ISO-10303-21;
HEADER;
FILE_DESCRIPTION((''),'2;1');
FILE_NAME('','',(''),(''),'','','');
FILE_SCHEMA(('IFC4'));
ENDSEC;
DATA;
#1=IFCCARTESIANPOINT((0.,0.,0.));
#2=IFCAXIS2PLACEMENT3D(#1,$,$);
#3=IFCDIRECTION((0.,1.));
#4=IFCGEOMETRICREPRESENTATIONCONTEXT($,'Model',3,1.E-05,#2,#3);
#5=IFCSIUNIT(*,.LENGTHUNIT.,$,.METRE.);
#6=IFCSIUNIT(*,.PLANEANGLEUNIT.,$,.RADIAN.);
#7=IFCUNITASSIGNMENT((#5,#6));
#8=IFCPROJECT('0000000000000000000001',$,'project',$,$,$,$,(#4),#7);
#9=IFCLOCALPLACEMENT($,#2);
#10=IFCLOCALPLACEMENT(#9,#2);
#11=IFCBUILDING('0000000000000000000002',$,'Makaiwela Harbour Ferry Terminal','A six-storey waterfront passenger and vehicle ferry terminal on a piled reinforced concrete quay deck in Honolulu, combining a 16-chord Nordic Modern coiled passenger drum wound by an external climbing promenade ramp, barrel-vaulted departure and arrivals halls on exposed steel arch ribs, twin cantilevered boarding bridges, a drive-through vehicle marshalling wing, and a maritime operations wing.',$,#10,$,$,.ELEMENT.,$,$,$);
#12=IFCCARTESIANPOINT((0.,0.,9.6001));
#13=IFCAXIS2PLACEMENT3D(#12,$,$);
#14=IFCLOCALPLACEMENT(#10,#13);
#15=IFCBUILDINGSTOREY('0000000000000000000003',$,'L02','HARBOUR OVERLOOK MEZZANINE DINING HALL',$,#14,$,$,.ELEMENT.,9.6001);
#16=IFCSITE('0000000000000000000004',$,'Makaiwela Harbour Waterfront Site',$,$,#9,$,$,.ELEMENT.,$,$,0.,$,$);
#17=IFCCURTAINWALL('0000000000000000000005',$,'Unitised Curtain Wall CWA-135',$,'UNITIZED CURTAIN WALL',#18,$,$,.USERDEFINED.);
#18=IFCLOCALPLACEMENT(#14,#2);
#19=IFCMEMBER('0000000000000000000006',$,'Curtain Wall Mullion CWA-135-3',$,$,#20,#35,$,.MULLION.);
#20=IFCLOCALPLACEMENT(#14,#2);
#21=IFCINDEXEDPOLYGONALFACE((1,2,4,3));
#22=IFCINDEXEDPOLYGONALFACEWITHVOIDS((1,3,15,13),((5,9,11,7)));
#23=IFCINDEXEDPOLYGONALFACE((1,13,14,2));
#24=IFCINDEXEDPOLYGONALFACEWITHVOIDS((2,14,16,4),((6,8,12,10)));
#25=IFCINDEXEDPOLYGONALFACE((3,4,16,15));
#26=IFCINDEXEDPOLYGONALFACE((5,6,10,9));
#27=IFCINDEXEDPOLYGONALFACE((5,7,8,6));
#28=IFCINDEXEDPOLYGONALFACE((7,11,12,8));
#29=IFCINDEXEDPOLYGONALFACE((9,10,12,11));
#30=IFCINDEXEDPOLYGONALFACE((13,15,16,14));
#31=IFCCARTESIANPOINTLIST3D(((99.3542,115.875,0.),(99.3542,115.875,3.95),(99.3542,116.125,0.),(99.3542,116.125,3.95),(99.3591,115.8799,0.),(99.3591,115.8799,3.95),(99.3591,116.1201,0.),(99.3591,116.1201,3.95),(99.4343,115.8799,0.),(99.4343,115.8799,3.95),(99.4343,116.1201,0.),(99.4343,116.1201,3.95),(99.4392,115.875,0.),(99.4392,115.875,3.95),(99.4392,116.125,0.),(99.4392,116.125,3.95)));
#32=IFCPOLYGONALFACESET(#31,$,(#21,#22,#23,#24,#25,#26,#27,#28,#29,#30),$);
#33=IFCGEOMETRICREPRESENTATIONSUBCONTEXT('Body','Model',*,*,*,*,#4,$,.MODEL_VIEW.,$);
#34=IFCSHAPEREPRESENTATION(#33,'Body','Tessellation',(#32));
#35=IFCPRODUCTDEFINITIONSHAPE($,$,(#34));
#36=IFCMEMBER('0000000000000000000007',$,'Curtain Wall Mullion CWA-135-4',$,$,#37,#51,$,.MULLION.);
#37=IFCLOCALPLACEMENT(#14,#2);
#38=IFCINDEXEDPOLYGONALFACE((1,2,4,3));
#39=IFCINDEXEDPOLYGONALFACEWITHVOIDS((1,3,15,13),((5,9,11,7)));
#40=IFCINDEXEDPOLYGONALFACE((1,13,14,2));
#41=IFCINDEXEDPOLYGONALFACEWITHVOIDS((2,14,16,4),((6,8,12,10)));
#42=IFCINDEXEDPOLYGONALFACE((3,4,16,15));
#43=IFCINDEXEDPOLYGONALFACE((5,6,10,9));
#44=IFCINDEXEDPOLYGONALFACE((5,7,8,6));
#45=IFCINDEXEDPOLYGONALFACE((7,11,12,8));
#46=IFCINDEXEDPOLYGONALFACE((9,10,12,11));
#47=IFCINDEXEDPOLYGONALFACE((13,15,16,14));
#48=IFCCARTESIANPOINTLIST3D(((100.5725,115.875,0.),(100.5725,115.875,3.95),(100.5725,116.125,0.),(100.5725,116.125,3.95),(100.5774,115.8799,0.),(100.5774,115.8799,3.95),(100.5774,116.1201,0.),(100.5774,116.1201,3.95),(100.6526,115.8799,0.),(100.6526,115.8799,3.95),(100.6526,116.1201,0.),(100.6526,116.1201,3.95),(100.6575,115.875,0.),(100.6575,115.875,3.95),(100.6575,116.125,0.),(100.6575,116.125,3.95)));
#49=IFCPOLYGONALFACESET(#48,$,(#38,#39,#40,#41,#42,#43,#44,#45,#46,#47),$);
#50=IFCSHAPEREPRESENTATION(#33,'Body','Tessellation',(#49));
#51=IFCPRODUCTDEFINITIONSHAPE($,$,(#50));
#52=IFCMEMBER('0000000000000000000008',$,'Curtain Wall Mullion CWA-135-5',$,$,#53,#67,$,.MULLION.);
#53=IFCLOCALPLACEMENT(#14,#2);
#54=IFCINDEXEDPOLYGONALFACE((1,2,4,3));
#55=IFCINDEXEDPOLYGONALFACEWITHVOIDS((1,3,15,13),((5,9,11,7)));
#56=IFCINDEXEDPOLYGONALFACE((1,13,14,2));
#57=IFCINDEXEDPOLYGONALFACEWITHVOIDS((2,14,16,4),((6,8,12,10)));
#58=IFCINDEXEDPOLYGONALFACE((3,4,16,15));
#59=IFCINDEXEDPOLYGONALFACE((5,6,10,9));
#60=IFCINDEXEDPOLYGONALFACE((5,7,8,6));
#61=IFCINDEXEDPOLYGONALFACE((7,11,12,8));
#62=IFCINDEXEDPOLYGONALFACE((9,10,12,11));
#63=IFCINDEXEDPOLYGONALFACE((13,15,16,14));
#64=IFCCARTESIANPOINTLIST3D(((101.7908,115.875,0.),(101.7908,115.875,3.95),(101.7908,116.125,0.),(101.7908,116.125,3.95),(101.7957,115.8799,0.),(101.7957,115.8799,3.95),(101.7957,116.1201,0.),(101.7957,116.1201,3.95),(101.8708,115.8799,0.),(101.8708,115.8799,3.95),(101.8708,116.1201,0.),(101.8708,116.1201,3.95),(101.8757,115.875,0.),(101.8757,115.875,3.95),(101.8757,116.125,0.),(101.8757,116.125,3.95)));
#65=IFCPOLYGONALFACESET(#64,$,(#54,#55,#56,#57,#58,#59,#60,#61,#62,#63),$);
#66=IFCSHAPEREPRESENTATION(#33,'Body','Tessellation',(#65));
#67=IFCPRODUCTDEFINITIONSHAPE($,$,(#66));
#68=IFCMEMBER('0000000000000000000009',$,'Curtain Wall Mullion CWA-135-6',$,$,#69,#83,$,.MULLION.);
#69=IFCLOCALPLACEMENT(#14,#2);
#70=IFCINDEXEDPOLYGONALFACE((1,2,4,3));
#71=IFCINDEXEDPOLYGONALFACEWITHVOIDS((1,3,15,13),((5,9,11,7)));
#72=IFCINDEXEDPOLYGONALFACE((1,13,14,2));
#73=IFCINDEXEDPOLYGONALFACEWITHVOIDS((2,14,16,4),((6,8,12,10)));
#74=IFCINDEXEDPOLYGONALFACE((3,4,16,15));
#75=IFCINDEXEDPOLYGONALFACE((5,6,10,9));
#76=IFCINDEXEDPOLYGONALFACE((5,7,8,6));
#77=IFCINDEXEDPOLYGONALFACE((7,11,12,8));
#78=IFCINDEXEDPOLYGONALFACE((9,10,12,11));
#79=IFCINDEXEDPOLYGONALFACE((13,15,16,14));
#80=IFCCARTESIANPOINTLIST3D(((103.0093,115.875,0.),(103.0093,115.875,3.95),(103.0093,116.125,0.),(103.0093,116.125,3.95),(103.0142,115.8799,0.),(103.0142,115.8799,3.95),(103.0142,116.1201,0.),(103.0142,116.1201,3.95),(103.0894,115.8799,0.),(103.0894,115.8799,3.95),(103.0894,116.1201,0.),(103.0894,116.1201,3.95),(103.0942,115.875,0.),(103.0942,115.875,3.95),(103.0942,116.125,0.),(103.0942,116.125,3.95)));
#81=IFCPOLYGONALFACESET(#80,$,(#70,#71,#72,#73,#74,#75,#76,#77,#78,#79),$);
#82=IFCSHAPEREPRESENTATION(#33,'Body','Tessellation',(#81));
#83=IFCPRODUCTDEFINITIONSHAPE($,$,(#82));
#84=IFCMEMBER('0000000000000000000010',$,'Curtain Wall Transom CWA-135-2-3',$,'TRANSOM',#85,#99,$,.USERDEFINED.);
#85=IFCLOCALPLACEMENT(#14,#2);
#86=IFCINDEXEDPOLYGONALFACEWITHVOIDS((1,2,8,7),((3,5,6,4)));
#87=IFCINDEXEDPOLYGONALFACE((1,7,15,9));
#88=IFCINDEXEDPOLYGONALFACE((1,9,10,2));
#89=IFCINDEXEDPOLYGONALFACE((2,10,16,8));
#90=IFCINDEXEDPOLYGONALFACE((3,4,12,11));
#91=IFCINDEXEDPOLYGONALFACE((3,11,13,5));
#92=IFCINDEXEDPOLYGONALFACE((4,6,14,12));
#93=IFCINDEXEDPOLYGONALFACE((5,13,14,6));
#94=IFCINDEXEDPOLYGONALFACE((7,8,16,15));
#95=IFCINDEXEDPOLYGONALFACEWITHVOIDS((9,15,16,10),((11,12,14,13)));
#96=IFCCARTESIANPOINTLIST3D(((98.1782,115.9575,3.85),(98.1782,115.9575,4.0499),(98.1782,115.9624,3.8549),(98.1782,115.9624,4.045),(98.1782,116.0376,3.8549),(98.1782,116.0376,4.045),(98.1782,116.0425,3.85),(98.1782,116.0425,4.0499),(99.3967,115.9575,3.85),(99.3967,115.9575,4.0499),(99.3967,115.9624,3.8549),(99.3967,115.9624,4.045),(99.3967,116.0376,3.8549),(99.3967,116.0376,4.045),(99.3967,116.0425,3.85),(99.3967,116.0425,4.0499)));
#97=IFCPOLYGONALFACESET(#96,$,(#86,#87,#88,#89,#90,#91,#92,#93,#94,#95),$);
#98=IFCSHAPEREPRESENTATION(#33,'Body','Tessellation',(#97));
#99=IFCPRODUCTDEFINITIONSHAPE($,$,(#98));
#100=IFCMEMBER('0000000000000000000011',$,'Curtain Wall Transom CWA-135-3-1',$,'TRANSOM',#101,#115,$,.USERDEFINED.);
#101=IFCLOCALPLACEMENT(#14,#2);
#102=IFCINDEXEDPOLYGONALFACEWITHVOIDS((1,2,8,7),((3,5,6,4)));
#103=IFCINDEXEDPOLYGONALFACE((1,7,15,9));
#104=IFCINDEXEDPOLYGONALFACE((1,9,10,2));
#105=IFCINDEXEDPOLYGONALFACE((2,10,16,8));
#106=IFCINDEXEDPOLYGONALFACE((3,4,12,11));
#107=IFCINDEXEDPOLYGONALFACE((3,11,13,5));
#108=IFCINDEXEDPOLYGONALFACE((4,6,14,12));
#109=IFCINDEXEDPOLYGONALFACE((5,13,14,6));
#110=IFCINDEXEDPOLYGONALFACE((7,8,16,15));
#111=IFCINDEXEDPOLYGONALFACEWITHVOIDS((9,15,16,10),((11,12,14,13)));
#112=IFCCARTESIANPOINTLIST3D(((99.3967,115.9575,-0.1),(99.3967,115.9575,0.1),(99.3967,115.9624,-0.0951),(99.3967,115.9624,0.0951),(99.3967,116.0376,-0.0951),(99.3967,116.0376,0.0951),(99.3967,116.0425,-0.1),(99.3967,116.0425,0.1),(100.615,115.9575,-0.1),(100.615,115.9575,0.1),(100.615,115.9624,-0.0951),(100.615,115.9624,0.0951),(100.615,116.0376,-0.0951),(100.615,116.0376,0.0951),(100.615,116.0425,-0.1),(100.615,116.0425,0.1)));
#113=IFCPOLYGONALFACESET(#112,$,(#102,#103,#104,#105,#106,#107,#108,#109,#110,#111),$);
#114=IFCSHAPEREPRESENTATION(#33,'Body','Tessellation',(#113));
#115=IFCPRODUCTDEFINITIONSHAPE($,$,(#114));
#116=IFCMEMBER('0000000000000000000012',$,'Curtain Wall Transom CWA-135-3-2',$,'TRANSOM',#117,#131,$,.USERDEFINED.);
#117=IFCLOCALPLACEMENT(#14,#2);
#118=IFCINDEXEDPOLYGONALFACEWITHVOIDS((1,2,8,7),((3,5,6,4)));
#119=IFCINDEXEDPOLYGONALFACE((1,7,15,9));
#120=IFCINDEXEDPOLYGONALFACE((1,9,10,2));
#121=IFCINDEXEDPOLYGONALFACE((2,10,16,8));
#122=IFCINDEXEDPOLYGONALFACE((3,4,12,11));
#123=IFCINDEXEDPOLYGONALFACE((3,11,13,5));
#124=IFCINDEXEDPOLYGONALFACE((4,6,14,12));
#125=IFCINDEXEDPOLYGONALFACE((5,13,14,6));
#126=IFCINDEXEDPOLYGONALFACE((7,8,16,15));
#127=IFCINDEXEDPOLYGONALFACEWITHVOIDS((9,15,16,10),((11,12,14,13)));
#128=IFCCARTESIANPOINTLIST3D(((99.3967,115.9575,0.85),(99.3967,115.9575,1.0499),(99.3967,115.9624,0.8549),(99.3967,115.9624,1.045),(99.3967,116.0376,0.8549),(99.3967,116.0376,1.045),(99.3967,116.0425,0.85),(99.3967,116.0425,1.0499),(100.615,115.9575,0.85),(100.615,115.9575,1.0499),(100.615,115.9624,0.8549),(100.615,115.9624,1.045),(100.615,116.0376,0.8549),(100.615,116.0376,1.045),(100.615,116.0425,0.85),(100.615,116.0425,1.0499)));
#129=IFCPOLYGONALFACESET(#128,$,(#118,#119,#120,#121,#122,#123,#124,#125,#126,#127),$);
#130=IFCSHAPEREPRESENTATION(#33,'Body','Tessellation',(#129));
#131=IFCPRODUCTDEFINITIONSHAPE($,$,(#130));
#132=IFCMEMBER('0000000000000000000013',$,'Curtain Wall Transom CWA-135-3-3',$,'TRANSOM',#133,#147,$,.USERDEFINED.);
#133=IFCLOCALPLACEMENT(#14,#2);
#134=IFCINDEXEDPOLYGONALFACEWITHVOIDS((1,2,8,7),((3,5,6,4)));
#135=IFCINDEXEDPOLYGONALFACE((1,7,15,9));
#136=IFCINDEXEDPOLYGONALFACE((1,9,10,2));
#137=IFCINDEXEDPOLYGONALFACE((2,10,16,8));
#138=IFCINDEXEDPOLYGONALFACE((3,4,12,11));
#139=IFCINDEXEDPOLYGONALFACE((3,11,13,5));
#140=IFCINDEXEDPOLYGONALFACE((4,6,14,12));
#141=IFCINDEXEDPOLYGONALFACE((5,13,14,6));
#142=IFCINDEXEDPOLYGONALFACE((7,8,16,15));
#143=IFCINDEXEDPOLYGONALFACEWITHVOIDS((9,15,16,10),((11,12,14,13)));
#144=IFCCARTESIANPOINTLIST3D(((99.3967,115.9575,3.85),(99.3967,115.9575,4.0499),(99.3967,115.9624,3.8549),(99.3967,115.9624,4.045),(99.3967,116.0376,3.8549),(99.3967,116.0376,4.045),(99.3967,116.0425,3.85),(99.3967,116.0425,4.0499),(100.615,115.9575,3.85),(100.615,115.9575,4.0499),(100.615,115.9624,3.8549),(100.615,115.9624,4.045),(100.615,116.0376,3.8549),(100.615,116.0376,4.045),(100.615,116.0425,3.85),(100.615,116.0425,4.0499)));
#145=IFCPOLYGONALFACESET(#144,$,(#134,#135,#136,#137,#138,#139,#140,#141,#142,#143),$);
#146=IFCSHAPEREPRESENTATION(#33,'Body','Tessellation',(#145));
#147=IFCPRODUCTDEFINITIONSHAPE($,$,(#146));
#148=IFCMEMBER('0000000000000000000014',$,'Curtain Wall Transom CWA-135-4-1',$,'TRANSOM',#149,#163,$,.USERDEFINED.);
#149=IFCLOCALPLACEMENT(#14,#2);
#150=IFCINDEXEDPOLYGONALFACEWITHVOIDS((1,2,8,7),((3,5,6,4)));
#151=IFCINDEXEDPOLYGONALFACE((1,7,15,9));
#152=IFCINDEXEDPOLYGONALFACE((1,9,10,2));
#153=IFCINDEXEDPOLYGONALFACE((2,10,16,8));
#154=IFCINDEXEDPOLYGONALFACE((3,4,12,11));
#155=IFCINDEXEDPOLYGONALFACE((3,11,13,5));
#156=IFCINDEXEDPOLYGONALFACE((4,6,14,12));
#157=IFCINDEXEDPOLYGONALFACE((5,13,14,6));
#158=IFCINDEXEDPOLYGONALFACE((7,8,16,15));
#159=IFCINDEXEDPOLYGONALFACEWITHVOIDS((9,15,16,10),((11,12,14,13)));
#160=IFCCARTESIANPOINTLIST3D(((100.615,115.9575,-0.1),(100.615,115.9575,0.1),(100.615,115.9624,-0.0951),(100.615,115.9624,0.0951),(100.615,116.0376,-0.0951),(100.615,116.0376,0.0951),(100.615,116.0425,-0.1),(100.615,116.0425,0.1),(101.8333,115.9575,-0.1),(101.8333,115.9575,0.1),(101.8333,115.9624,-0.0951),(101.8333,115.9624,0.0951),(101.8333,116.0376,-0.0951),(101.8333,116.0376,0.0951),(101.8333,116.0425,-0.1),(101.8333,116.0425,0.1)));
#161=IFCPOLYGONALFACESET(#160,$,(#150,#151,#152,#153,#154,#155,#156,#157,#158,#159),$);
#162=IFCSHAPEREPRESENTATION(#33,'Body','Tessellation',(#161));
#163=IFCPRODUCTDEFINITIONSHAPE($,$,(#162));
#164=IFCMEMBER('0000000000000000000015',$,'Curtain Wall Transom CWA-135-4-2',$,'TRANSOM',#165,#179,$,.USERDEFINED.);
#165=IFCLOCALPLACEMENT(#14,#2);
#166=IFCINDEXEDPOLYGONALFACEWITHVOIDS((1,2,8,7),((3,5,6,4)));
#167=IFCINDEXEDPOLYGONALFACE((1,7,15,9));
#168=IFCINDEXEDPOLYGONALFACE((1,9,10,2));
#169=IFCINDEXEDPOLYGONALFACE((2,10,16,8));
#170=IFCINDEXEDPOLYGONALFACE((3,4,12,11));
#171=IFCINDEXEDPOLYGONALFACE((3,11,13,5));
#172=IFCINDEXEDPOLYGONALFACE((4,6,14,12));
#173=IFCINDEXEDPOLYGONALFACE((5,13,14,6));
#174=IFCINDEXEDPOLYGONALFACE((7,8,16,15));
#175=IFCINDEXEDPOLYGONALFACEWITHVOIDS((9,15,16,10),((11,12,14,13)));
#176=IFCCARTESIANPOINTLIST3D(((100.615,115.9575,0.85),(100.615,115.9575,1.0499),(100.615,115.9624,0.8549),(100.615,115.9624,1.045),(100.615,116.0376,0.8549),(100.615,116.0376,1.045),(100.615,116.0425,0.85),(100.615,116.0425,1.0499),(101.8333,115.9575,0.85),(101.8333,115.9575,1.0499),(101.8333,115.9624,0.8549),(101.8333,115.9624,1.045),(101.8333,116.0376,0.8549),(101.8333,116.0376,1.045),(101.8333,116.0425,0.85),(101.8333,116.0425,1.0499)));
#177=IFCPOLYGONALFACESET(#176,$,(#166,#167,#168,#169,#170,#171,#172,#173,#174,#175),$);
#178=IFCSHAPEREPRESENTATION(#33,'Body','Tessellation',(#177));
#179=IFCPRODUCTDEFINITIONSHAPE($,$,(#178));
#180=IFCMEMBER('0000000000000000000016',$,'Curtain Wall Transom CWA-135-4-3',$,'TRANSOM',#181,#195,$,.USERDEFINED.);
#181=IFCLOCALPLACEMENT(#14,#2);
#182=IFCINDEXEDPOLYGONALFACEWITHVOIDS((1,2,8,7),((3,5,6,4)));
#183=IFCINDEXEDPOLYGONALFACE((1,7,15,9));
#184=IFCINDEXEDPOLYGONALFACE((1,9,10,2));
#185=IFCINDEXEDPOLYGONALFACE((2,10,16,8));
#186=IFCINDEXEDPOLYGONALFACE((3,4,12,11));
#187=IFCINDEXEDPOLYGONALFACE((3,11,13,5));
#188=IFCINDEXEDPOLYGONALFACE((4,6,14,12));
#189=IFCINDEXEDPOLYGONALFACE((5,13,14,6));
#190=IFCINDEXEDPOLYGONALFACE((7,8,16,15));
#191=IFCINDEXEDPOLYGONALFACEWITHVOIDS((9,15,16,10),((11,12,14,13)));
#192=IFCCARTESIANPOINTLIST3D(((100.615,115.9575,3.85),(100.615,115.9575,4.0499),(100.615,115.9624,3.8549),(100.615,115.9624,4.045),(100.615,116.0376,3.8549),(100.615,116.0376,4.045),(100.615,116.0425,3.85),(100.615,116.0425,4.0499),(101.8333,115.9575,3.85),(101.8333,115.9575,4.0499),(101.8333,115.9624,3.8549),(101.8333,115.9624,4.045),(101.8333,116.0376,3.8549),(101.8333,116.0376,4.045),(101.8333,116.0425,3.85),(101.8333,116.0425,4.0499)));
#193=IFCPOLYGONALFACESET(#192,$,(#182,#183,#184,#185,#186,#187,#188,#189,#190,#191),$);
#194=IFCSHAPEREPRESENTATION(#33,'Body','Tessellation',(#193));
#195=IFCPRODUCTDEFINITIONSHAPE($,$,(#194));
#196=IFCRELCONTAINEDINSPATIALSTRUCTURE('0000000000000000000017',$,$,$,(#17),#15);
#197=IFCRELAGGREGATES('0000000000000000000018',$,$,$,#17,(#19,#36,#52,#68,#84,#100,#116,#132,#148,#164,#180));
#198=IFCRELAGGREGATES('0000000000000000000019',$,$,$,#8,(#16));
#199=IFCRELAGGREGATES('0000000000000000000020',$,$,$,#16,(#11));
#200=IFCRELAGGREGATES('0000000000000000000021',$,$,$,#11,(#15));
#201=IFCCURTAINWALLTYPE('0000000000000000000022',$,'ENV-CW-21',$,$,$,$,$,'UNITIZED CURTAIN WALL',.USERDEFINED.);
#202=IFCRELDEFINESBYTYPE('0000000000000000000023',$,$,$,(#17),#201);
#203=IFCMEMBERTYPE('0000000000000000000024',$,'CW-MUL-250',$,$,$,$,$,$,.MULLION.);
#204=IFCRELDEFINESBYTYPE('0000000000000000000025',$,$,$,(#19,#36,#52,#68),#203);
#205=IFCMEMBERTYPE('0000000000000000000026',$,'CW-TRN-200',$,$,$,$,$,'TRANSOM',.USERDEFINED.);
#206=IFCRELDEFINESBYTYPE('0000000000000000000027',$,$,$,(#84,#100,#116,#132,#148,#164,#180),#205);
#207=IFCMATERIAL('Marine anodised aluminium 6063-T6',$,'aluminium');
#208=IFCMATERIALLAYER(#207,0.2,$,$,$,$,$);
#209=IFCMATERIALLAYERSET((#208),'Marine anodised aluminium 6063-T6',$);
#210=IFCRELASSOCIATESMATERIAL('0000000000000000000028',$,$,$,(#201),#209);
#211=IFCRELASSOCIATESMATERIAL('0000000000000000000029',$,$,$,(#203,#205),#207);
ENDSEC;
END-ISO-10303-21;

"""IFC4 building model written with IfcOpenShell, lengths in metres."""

from ifc_helpers import new_model, si_unit, direction, frame, origin, origin_2d, place, context, subcontext, project, spatial, hollow_rectangle, extrude, material, layer, layer_set, material_profile, profile_set, type_object, element, aggregate, save


model = new_model("IFC4")

# Units and contexts
model_context = context("Model", 3, precision=1e-05, world=origin(), true_north=direction((0.0, 1.0)))
body_context = subcontext(model_context, "Body", "Model", "MODEL_VIEW")
ifc_project = project(units=[si_unit("LENGTHUNIT", "METRE"), si_unit("PLANEANGLEUNIT", "RADIAN")], contexts=[model_context])

# Site, building, storey
site_placement = place(None, origin())
site = spatial("IfcSite", under=ifc_project, at=site_placement, Name="Makaiwela Harbour Waterfront Site", CompositionType="ELEMENT", RefElevation=0.0)
building_placement = place(site_placement, origin())
building = spatial("IfcBuilding", under=site, at=building_placement, Name="Makaiwela Harbour Ferry Terminal", Description="A six-storey waterfront passenger and vehicle ferry terminal on a piled reinforced concrete quay deck in Honolulu, combining a 16-chord Nordic Modern coiled passenger drum wound by an external climbing promenade ramp, barrel-vaulted departure and arrivals halls on exposed steel arch ribs, twin cantilevered boarding bridges, a drive-through vehicle marshalling wing, and a maritime operations wing.", CompositionType="ELEMENT")
storey_placement = place(building_placement, frame((0.0, 0.0, 9.6001)))
storey = spatial("IfcBuildingStorey", under=building, at=storey_placement, Name="L02", Description="HARBOUR OVERLOOK MEZZANINE DINING HALL", CompositionType="ELEMENT", Elevation=9.6001)

# Curtain wall, members
ifc_material_1 = material(Name="Marine anodised aluminium 6063-T6", Category="aluminium")
ifc_layer_1 = layer(ifc_material_1, 0.2)
ifc_layer_set_1 = layer_set([ifc_layer_1], Name="Marine anodised aluminium 6063-T6")
curtain_wall_type = type_object("IfcCurtainWallType", Name="ENV-CW-21", ElementType="UNITIZED CURTAIN WALL", PredefinedType="USERDEFINED", material=ifc_layer_set_1)
curtain_wall_placement = place(storey_placement, origin())
curtain_wall = element("IfcCurtainWall", 1, at=curtain_wall_placement, inside=storey, type_object=curtain_wall_type, Name="Unitised Curtain Wall CWA-135", ObjectType="UNITIZED CURTAIN WALL", PredefinedType="USERDEFINED")
ifc_material_profile_1 = material_profile(ifc_material_1, hollow_rectangle(XDim=0.085, YDim=0.25, WallThickness=0.0049, at=origin_2d()), Name="CWM-250X85")
ifc_profile_set_1 = profile_set([ifc_material_profile_1], Name="Marine anodised aluminium 6063-T6")
member_type_1 = type_object("IfcMemberType", Name="CW-MUL-250", PredefinedType="MULLION", material=ifc_profile_set_1)
member_1_placement = place(storey_placement, frame((99.3967, 116.0, 0.0), z_axis=(0.0, 0.0, 1.0), x_axis=(1.0, 0.0, 0.0)))
member_1 = element("IfcMember", 2, at=member_1_placement, type_object=member_type_1, Name="Curtain Wall Mullion CWA-135-3", PredefinedType="MULLION", context=body_context, shape_type="SweptSolid", body=[
    extrude(hollow_rectangle(XDim=0.085, YDim=0.25, WallThickness=0.0049, at=origin_2d()), origin(), (0.0, 0.0, 1.0), 3.95),
])
member_2_placement = place(storey_placement, frame((100.615, 116.0, 0.0), z_axis=(0.0, 0.0, 1.0), x_axis=(1.0, 0.0, 0.0)))
member_2 = element("IfcMember", 3, at=member_2_placement, type_object=member_type_1, Name="Curtain Wall Mullion CWA-135-4", PredefinedType="MULLION", context=body_context, shape_type="SweptSolid", body=[
    extrude(hollow_rectangle(XDim=0.085, YDim=0.25, WallThickness=0.0049, at=origin_2d()), origin(), (0.0, 0.0, 1.0), 3.95),
])
member_3_placement = place(storey_placement, frame((101.8333, 116.0, 0.0), z_axis=(0.0, 0.0, 1.0), x_axis=(1.0, 0.0, 0.0)))
member_3 = element("IfcMember", 4, at=member_3_placement, type_object=member_type_1, Name="Curtain Wall Mullion CWA-135-5", PredefinedType="MULLION", context=body_context, shape_type="SweptSolid", body=[
    extrude(hollow_rectangle(XDim=0.085, YDim=0.25, WallThickness=0.0049, at=origin_2d()), origin(), (0.0, 0.0, 1.0), 3.95),
])
member_4_placement = place(storey_placement, frame((103.0518, 116.0, 0.0), z_axis=(0.0, 0.0, 1.0), x_axis=(1.0, 0.0, 0.0)))
member_4 = element("IfcMember", 5, at=member_4_placement, type_object=member_type_1, Name="Curtain Wall Mullion CWA-135-6", PredefinedType="MULLION", context=body_context, shape_type="SweptSolid", body=[
    extrude(hollow_rectangle(XDim=0.085, YDim=0.25, WallThickness=0.0049, at=origin_2d()), origin(), (0.0, 0.0, 1.0), 3.95),
])
ifc_material_profile_2 = material_profile(ifc_material_1, hollow_rectangle(XDim=0.085, YDim=0.2, WallThickness=0.0049, at=origin_2d()), Name="CWT-200X85")
ifc_profile_set_2 = profile_set([ifc_material_profile_2], Name="Marine anodised aluminium 6063-T6")
member_type_2 = type_object("IfcMemberType", Name="CW-TRN-200", ElementType="TRANSOM", PredefinedType="USERDEFINED", material=ifc_profile_set_2)
member_5_placement = place(storey_placement, frame((98.1782, 116.0, 3.95), z_axis=(1.0, 0.0, 0.0), x_axis=(0.0, 1.0, 0.0)))
member_5 = element("IfcMember", 6, at=member_5_placement, type_object=member_type_2, Name="Curtain Wall Transom CWA-135-2-3", ObjectType="TRANSOM", PredefinedType="USERDEFINED", context=body_context, shape_type="SweptSolid", body=[
    extrude(hollow_rectangle(XDim=0.085, YDim=0.2, WallThickness=0.0049, at=origin_2d()), origin(), (0.0, 0.0, 1.0), 1.2185),
])
member_6_placement = place(storey_placement, frame((99.3967, 116.0, 0.0), z_axis=(1.0, 0.0, 0.0), x_axis=(0.0, 1.0, 0.0)))
member_6 = element("IfcMember", 7, at=member_6_placement, type_object=member_type_2, Name="Curtain Wall Transom CWA-135-3-1", ObjectType="TRANSOM", PredefinedType="USERDEFINED", context=body_context, shape_type="SweptSolid", body=[
    extrude(hollow_rectangle(XDim=0.085, YDim=0.2, WallThickness=0.0049, at=origin_2d()), origin(), (0.0, 0.0, 1.0), 1.2183),
])
member_7_placement = place(storey_placement, frame((99.3967, 116.0, 0.95), z_axis=(1.0, 0.0, 0.0), x_axis=(0.0, 1.0, 0.0)))
member_7 = element("IfcMember", 8, at=member_7_placement, type_object=member_type_2, Name="Curtain Wall Transom CWA-135-3-2", ObjectType="TRANSOM", PredefinedType="USERDEFINED", context=body_context, shape_type="SweptSolid", body=[
    extrude(hollow_rectangle(XDim=0.085, YDim=0.2, WallThickness=0.0049, at=origin_2d()), origin(), (0.0, 0.0, 1.0), 1.2183),
])
member_8_placement = place(storey_placement, frame((99.3967, 116.0, 3.95), z_axis=(1.0, 0.0, 0.0), x_axis=(0.0, 1.0, 0.0)))
member_8 = element("IfcMember", 9, at=member_8_placement, type_object=member_type_2, Name="Curtain Wall Transom CWA-135-3-3", ObjectType="TRANSOM", PredefinedType="USERDEFINED", context=body_context, shape_type="SweptSolid", body=[
    extrude(hollow_rectangle(XDim=0.085, YDim=0.2, WallThickness=0.0049, at=origin_2d()), origin(), (0.0, 0.0, 1.0), 1.2183),
])
member_9_placement = place(storey_placement, frame((100.615, 116.0, 0.0), z_axis=(1.0, 0.0, 0.0), x_axis=(0.0, 1.0, 0.0)))
member_9 = element("IfcMember", 10, at=member_9_placement, type_object=member_type_2, Name="Curtain Wall Transom CWA-135-4-1", ObjectType="TRANSOM", PredefinedType="USERDEFINED", context=body_context, shape_type="SweptSolid", body=[
    extrude(hollow_rectangle(XDim=0.085, YDim=0.2, WallThickness=0.0049, at=origin_2d()), origin(), (0.0, 0.0, 1.0), 1.2183),
])
member_10_placement = place(storey_placement, frame((100.615, 116.0, 0.95), z_axis=(1.0, 0.0, 0.0), x_axis=(0.0, 1.0, 0.0)))
member_10 = element("IfcMember", 11, at=member_10_placement, type_object=member_type_2, Name="Curtain Wall Transom CWA-135-4-2", ObjectType="TRANSOM", PredefinedType="USERDEFINED", context=body_context, shape_type="SweptSolid", body=[
    extrude(hollow_rectangle(XDim=0.085, YDim=0.2, WallThickness=0.0049, at=origin_2d()), origin(), (0.0, 0.0, 1.0), 1.2183),
])
member_11_placement = place(storey_placement, frame((100.615, 116.0, 3.95), z_axis=(1.0, 0.0, 0.0), x_axis=(0.0, 1.0, 0.0)))
member_11 = element("IfcMember", 12, at=member_11_placement, type_object=member_type_2, Name="Curtain Wall Transom CWA-135-4-3", ObjectType="TRANSOM", PredefinedType="USERDEFINED", context=body_context, shape_type="SweptSolid", body=[
    extrude(hollow_rectangle(XDim=0.085, YDim=0.2, WallThickness=0.0049, at=origin_2d()), origin(), (0.0, 0.0, 1.0), 1.2183),
])
aggregate(curtain_wall, [member_1, member_2, member_3, member_4, member_5, member_6, member_7, member_8, member_9, member_10, member_11])

save(model, "model.ifc")
